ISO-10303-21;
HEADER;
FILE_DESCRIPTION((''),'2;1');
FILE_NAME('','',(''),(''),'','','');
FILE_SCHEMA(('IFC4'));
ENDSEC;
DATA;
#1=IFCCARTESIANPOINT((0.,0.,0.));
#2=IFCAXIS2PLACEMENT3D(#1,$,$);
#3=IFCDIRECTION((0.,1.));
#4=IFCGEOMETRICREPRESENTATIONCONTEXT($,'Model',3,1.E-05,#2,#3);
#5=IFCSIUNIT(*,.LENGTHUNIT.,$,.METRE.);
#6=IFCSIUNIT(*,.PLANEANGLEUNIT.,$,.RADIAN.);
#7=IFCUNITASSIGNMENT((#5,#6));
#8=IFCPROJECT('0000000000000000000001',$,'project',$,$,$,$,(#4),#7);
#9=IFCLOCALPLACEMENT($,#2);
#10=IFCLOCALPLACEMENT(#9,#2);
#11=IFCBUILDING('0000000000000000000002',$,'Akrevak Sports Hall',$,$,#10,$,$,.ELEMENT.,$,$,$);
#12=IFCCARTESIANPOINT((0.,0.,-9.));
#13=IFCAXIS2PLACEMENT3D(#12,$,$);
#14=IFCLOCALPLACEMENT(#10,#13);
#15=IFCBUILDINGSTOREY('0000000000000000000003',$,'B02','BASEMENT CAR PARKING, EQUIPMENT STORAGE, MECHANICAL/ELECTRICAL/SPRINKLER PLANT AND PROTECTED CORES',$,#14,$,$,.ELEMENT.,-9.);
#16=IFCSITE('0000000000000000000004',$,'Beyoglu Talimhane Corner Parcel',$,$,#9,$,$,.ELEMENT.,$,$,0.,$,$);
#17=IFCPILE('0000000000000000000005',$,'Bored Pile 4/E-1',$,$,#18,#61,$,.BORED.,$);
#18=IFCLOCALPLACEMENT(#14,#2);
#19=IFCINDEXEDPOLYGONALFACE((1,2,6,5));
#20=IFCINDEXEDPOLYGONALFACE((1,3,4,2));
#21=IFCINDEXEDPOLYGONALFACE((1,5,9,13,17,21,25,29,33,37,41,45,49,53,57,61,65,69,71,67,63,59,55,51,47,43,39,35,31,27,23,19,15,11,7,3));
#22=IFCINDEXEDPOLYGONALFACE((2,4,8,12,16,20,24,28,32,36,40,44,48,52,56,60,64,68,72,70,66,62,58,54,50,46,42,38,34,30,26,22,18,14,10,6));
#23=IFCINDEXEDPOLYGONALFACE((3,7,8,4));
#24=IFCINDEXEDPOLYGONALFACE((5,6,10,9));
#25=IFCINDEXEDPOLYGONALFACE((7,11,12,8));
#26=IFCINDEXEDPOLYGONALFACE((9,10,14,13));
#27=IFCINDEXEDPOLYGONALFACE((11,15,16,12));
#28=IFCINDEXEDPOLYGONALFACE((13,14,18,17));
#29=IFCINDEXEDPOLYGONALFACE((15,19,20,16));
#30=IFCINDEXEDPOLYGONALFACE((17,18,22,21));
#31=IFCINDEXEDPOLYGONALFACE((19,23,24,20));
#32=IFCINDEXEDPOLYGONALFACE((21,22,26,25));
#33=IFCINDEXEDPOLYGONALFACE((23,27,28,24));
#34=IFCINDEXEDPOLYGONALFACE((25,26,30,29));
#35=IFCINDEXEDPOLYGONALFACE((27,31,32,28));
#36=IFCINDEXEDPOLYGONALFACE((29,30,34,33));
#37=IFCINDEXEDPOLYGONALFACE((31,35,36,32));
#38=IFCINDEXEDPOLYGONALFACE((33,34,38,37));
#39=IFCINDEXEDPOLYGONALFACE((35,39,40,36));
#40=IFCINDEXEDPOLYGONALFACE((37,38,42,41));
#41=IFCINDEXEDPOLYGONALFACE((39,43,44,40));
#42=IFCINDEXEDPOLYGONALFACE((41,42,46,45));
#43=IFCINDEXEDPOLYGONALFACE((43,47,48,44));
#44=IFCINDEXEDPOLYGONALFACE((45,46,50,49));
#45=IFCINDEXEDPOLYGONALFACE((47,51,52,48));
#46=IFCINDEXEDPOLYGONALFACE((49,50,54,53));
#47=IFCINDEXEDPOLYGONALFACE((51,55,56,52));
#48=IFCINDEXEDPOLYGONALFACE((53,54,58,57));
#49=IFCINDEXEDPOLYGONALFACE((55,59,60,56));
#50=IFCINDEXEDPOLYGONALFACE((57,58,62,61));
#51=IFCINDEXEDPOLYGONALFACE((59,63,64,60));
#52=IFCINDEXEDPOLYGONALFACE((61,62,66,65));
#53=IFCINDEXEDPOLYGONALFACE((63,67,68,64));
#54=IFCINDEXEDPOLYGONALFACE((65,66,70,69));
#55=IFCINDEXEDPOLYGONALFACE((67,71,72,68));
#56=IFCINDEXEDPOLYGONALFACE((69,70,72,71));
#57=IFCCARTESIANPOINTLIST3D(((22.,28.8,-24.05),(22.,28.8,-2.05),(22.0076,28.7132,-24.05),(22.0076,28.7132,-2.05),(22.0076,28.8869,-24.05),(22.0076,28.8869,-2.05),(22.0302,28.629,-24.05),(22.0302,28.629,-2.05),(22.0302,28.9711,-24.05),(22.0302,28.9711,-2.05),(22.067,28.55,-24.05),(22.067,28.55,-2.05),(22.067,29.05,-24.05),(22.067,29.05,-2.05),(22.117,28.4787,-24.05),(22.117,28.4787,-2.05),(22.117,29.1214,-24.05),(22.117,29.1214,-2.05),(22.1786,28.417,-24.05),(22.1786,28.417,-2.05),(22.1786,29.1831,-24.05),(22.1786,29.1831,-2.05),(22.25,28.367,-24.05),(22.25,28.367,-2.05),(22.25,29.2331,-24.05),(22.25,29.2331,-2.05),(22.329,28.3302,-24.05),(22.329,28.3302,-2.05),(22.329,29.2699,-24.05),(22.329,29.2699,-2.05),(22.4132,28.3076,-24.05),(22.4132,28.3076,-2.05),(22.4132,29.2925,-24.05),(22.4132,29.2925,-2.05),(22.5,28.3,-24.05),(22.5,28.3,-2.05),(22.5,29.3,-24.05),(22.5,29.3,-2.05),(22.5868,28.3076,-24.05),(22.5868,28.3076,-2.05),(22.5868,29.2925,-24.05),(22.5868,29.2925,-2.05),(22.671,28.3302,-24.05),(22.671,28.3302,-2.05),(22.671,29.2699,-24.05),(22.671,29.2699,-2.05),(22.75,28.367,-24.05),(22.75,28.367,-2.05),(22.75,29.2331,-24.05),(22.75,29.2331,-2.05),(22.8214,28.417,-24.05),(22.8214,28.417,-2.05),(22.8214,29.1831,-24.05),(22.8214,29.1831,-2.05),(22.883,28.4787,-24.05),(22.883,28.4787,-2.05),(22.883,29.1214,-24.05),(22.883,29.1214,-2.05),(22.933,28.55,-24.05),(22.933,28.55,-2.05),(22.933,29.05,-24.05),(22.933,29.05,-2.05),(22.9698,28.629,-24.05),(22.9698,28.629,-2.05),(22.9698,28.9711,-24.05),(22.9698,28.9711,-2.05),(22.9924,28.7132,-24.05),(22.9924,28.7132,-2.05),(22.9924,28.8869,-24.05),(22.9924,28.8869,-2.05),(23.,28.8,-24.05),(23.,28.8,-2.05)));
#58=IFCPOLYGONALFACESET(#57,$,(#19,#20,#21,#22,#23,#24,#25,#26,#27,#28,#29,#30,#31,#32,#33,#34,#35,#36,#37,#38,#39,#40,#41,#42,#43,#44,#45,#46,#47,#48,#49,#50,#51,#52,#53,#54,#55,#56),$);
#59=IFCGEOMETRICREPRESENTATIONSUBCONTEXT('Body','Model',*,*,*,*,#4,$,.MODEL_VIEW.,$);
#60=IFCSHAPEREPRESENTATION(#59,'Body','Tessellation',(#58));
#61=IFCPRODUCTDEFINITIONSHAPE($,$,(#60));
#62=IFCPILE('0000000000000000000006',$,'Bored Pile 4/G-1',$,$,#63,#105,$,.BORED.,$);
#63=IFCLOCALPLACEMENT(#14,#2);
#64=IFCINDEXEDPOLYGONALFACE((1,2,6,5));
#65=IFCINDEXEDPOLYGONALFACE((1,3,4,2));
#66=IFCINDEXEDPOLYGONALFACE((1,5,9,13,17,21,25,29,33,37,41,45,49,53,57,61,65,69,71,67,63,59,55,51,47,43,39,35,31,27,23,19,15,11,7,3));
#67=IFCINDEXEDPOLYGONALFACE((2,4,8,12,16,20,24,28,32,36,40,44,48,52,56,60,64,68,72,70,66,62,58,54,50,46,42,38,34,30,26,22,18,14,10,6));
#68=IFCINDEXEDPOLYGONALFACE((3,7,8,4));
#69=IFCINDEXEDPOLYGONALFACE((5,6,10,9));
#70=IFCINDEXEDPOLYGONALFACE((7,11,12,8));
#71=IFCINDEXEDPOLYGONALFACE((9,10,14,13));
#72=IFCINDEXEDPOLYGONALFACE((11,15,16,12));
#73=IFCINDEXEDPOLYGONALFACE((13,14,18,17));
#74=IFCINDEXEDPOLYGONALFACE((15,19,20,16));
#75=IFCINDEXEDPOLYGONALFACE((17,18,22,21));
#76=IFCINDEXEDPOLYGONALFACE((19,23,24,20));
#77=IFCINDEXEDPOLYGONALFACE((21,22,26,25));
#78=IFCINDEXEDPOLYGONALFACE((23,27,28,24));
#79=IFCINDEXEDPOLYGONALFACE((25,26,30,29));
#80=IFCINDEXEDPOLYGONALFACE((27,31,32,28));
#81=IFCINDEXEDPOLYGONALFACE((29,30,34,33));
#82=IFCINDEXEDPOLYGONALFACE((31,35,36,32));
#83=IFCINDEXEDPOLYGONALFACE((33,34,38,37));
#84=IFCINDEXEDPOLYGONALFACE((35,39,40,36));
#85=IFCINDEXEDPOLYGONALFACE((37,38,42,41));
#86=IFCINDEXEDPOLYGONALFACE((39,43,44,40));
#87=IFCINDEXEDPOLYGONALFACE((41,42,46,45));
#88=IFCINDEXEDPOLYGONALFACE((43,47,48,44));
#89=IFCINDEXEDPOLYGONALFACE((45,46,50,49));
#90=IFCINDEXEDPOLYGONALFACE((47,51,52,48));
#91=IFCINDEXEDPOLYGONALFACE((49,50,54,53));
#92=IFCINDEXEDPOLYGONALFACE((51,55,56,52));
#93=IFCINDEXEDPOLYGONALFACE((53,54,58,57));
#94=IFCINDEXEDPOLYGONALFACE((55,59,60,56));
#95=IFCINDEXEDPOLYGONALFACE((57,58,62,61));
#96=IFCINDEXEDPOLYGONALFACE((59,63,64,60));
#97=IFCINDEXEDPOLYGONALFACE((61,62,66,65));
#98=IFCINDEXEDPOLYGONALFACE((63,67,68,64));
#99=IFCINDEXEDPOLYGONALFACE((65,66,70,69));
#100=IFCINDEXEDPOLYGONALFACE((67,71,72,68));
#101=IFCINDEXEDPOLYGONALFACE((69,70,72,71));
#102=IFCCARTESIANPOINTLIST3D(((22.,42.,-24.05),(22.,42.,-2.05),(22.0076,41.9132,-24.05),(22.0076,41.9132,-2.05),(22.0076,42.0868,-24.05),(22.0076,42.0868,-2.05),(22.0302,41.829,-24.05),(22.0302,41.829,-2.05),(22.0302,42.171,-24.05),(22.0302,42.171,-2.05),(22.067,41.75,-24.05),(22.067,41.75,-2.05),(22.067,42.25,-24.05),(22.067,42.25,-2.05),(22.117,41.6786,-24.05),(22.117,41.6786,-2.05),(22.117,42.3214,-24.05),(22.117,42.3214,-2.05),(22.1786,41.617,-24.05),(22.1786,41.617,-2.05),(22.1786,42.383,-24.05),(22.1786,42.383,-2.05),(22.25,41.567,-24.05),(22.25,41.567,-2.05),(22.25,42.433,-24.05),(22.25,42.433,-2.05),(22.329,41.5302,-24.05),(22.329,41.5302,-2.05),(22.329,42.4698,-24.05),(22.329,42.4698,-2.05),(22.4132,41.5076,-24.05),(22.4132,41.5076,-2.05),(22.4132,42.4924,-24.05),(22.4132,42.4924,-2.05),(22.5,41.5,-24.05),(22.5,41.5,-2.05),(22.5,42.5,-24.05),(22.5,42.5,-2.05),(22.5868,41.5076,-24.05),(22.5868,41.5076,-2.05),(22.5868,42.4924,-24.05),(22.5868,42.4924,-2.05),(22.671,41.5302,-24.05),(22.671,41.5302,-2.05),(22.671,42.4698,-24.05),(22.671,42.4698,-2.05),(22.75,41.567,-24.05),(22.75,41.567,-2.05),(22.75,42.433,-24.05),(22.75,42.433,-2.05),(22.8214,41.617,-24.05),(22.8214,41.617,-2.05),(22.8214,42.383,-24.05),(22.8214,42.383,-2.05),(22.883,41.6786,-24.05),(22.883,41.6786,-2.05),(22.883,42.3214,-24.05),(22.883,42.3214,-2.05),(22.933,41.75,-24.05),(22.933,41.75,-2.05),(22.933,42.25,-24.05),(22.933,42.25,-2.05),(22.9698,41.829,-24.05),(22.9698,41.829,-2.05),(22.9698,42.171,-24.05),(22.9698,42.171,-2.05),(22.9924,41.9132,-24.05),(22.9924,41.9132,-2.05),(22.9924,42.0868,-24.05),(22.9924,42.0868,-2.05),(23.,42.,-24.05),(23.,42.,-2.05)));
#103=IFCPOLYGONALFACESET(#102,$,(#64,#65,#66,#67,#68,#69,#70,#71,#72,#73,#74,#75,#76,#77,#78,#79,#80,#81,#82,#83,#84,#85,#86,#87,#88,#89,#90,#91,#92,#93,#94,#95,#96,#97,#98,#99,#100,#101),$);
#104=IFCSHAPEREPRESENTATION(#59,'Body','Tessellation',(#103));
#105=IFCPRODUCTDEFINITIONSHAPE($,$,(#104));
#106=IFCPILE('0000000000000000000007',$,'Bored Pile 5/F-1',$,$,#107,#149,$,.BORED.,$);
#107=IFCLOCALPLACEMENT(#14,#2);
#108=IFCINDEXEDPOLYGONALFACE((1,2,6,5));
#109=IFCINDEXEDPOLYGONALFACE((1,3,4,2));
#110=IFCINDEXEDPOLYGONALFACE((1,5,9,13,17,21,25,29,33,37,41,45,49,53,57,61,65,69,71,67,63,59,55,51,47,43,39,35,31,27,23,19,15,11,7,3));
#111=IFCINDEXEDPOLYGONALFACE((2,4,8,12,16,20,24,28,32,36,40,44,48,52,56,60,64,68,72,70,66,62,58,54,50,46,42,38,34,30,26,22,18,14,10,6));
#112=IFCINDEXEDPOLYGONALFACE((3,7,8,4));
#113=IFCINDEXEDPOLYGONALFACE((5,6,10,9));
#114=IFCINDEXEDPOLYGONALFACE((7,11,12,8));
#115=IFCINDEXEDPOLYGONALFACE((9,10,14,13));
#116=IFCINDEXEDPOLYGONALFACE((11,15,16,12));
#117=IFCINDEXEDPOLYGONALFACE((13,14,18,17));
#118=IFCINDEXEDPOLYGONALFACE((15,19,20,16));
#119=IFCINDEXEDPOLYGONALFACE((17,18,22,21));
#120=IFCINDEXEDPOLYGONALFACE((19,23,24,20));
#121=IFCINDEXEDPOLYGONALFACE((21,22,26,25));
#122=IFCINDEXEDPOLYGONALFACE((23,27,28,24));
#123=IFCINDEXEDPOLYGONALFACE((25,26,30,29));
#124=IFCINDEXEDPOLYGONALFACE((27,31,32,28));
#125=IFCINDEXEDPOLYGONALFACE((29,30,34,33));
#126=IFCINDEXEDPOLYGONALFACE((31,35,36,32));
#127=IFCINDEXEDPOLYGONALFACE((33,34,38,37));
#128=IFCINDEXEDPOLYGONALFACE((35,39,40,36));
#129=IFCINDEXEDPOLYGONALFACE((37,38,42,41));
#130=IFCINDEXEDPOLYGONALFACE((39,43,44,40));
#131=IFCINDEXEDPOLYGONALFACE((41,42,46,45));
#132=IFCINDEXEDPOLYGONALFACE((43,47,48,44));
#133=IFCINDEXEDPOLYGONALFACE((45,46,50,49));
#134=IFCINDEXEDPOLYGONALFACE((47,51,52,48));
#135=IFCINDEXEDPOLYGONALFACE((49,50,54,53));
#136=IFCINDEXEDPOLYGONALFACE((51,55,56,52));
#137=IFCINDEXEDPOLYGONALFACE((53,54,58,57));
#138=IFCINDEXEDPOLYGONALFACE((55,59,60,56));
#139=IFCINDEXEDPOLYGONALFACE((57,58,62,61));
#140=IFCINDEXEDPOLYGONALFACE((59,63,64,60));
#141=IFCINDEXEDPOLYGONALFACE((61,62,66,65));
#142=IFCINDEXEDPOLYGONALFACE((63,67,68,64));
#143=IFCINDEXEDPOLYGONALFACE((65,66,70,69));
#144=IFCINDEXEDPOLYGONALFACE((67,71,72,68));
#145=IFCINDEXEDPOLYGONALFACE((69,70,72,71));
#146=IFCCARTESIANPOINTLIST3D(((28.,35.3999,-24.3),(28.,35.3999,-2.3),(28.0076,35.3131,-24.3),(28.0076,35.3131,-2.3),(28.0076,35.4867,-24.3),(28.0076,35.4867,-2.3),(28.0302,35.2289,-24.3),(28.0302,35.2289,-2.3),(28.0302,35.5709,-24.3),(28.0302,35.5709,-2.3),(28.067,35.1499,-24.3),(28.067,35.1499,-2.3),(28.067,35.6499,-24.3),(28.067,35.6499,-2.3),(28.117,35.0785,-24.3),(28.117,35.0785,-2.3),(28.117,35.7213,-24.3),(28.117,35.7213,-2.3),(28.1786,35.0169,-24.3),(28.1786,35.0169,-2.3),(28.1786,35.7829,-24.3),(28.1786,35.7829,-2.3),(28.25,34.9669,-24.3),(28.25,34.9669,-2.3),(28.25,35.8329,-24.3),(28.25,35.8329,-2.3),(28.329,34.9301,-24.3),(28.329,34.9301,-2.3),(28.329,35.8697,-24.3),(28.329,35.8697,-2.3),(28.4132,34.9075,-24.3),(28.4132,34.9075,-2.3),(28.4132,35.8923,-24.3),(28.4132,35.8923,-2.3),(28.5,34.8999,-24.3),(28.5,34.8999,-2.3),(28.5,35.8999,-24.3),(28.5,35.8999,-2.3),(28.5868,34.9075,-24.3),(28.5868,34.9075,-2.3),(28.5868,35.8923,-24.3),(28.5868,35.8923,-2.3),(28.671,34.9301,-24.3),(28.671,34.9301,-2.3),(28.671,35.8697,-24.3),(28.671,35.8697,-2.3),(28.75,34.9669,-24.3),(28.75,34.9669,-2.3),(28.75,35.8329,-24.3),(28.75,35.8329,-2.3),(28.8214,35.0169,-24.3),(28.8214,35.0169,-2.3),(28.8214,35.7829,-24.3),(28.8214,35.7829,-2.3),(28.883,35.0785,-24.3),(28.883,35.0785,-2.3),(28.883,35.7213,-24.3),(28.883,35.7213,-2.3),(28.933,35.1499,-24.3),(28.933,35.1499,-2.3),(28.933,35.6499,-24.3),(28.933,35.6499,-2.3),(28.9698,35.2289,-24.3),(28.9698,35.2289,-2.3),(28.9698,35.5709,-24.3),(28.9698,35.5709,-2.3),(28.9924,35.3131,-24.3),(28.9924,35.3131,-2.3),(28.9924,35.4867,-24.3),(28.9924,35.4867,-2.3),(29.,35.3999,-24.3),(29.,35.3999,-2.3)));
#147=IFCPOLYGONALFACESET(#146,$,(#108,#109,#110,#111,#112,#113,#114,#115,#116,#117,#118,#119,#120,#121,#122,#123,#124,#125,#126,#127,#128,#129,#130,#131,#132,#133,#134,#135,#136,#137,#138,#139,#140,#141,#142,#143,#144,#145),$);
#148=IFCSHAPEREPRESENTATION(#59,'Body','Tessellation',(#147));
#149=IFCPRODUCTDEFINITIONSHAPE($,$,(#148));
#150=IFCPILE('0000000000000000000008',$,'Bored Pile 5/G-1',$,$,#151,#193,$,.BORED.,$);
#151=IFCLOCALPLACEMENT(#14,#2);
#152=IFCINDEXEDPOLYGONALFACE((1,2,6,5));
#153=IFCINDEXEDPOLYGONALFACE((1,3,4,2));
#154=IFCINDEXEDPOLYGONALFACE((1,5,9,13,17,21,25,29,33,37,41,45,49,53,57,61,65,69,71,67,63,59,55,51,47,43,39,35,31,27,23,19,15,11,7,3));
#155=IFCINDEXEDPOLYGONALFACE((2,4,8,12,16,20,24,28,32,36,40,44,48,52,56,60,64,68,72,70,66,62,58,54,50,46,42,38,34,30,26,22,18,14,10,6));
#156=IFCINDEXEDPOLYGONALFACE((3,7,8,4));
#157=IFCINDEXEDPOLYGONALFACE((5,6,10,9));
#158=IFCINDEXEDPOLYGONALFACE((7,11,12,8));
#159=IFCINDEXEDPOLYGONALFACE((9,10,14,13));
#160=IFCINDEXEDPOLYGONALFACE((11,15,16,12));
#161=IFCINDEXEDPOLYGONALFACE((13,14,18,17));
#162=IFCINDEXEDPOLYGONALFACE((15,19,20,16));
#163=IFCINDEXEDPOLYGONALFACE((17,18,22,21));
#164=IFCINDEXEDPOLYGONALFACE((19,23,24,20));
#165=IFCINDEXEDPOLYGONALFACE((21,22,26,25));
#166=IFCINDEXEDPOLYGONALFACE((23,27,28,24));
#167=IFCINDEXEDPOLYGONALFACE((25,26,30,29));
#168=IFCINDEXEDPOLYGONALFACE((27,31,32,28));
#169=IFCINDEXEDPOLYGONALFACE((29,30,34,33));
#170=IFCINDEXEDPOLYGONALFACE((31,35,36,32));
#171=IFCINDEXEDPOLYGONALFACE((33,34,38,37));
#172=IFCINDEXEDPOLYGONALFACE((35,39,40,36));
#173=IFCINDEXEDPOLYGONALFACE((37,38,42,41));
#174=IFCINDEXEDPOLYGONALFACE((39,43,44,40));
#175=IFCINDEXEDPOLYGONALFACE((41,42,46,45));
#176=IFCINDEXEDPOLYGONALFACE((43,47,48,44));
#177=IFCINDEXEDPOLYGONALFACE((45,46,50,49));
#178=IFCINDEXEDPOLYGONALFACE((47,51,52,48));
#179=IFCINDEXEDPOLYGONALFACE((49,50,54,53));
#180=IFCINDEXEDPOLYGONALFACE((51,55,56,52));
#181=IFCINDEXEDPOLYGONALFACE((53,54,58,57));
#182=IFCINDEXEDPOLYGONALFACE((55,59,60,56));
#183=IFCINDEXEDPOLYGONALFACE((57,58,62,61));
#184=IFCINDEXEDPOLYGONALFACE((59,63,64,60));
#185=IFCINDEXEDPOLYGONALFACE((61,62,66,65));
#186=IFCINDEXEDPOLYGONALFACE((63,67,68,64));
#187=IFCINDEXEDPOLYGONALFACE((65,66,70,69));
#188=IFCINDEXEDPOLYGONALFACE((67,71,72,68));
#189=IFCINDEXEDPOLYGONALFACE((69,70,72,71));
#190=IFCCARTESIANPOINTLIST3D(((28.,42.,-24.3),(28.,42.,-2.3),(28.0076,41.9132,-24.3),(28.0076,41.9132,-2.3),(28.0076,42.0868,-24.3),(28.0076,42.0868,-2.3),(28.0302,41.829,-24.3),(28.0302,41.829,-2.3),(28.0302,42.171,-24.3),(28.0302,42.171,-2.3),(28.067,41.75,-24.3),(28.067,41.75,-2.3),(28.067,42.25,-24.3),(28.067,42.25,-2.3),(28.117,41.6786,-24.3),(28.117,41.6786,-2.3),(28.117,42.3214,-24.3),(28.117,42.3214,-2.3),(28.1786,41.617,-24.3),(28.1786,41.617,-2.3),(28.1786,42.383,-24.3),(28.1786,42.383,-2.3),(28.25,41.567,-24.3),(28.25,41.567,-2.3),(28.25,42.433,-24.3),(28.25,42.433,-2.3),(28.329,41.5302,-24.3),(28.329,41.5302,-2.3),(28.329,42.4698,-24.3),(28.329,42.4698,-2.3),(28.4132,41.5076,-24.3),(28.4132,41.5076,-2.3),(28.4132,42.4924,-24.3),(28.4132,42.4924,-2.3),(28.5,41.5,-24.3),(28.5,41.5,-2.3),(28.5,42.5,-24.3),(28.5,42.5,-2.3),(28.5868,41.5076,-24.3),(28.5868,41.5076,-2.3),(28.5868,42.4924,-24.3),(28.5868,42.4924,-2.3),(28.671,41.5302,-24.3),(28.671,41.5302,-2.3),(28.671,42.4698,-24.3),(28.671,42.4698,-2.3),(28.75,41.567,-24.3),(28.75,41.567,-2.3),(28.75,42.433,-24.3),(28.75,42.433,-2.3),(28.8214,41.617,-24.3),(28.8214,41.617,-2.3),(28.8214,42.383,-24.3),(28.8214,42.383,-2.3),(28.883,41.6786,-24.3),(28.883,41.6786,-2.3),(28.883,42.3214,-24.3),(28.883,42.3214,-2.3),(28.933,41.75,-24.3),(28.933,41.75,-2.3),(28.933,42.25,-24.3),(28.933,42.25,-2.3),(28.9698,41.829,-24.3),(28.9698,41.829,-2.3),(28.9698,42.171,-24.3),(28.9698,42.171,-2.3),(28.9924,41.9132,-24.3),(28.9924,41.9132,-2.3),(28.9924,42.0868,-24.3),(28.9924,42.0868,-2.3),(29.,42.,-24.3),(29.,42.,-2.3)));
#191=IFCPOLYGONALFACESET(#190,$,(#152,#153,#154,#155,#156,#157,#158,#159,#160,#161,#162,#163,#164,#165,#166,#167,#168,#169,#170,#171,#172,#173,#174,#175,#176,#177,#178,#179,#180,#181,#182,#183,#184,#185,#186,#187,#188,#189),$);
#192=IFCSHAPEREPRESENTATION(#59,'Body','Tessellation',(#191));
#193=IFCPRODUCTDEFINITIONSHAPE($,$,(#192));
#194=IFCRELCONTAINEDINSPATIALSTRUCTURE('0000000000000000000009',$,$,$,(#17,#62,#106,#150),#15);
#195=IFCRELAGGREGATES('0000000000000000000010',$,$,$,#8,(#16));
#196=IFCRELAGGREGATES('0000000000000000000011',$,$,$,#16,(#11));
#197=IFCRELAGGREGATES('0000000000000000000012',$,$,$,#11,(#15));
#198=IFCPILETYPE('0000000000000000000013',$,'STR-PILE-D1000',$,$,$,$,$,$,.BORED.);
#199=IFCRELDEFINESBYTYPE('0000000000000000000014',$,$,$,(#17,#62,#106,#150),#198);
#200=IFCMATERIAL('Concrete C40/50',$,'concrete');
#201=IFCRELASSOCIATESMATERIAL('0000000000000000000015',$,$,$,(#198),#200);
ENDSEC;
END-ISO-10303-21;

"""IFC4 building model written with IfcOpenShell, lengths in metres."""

from ifc_helpers import new_model, si_unit, direction, frame, origin, origin_2d, place, context, subcontext, project, spatial, circle, extrude, material, material_profile, profile_set, type_object, element, save


model = new_model("IFC4")

# Units and contexts
model_context = context("Model", 3, precision=1e-05, world=origin(), true_north=direction((0.0, 1.0)))
body_context = subcontext(model_context, "Body", "Model", "MODEL_VIEW")
ifc_project = project(units=[si_unit("LENGTHUNIT", "METRE"), si_unit("PLANEANGLEUNIT", "RADIAN")], contexts=[model_context])

# Site, building, storey
site_placement = place(None, origin())
site = spatial("IfcSite", under=ifc_project, at=site_placement, Name="Beyoglu Talimhane Corner Parcel", CompositionType="ELEMENT", RefElevation=0.0)
building_placement = place(site_placement, origin())
building = spatial("IfcBuilding", under=site, at=building_placement, Name="Akrevak Sports Hall", CompositionType="ELEMENT")
storey_placement = place(building_placement, frame((0.0, 0.0, -9.0)))
storey = spatial("IfcBuildingStorey", under=building, at=storey_placement, Name="B02", Description="BASEMENT CAR PARKING, EQUIPMENT STORAGE, MECHANICAL/ELECTRICAL/SPRINKLER PLANT AND PROTECTED CORES", CompositionType="ELEMENT", Elevation=-9.0)

# Shared definitions
ifc_material_1 = material(Name="Concrete C40/50", Category="concrete")

# Piles
ifc_material_profile_1 = material_profile(ifc_material_1, circle(Radius=0.5, at=origin_2d()), Name="BORED PILE D1000", Category="concrete")
ifc_profile_set_1 = profile_set([ifc_material_profile_1], Name="Concrete C40/50")
pile_type_1 = type_object("IfcPileType", Name="STR-PILE-D1000", PredefinedType="BORED", material=ifc_profile_set_1)
for number, where, z_axis, x_axis, name in (
    (1, (22.5, 28.8, -2.05), (0.0, 0.0, -1.0), (1.0, 0.0, 0.0), "Bored Pile 4/E-1"),
    (2, (22.5, 42.0, -2.05), (0.0, 0.0, -1.0), (1.0, 0.0, 0.0), "Bored Pile 4/G-1"),
    (3, (28.5, 35.3999, -2.3), (0.0, 0.0, -1.0), (1.0, 0.0, 0.0), "Bored Pile 5/F-1"),
    (4, (28.5, 42.0, -2.3), (0.0, 0.0, -1.0), (1.0, 0.0, 0.0), "Bored Pile 5/G-1"),
):
    element("IfcPile", number, at=place(storey_placement, frame(where, z_axis=z_axis, x_axis=x_axis)), inside=storey, type_object=pile_type_1, Name=name, PredefinedType="BORED", context=body_context, shape_type="SweptSolid", body=[
        extrude(circle(Radius=0.5, at=origin_2d()), origin(), (0.0, 0.0, 1.0), 22.0),
    ])

save(model, "model.ifc")
